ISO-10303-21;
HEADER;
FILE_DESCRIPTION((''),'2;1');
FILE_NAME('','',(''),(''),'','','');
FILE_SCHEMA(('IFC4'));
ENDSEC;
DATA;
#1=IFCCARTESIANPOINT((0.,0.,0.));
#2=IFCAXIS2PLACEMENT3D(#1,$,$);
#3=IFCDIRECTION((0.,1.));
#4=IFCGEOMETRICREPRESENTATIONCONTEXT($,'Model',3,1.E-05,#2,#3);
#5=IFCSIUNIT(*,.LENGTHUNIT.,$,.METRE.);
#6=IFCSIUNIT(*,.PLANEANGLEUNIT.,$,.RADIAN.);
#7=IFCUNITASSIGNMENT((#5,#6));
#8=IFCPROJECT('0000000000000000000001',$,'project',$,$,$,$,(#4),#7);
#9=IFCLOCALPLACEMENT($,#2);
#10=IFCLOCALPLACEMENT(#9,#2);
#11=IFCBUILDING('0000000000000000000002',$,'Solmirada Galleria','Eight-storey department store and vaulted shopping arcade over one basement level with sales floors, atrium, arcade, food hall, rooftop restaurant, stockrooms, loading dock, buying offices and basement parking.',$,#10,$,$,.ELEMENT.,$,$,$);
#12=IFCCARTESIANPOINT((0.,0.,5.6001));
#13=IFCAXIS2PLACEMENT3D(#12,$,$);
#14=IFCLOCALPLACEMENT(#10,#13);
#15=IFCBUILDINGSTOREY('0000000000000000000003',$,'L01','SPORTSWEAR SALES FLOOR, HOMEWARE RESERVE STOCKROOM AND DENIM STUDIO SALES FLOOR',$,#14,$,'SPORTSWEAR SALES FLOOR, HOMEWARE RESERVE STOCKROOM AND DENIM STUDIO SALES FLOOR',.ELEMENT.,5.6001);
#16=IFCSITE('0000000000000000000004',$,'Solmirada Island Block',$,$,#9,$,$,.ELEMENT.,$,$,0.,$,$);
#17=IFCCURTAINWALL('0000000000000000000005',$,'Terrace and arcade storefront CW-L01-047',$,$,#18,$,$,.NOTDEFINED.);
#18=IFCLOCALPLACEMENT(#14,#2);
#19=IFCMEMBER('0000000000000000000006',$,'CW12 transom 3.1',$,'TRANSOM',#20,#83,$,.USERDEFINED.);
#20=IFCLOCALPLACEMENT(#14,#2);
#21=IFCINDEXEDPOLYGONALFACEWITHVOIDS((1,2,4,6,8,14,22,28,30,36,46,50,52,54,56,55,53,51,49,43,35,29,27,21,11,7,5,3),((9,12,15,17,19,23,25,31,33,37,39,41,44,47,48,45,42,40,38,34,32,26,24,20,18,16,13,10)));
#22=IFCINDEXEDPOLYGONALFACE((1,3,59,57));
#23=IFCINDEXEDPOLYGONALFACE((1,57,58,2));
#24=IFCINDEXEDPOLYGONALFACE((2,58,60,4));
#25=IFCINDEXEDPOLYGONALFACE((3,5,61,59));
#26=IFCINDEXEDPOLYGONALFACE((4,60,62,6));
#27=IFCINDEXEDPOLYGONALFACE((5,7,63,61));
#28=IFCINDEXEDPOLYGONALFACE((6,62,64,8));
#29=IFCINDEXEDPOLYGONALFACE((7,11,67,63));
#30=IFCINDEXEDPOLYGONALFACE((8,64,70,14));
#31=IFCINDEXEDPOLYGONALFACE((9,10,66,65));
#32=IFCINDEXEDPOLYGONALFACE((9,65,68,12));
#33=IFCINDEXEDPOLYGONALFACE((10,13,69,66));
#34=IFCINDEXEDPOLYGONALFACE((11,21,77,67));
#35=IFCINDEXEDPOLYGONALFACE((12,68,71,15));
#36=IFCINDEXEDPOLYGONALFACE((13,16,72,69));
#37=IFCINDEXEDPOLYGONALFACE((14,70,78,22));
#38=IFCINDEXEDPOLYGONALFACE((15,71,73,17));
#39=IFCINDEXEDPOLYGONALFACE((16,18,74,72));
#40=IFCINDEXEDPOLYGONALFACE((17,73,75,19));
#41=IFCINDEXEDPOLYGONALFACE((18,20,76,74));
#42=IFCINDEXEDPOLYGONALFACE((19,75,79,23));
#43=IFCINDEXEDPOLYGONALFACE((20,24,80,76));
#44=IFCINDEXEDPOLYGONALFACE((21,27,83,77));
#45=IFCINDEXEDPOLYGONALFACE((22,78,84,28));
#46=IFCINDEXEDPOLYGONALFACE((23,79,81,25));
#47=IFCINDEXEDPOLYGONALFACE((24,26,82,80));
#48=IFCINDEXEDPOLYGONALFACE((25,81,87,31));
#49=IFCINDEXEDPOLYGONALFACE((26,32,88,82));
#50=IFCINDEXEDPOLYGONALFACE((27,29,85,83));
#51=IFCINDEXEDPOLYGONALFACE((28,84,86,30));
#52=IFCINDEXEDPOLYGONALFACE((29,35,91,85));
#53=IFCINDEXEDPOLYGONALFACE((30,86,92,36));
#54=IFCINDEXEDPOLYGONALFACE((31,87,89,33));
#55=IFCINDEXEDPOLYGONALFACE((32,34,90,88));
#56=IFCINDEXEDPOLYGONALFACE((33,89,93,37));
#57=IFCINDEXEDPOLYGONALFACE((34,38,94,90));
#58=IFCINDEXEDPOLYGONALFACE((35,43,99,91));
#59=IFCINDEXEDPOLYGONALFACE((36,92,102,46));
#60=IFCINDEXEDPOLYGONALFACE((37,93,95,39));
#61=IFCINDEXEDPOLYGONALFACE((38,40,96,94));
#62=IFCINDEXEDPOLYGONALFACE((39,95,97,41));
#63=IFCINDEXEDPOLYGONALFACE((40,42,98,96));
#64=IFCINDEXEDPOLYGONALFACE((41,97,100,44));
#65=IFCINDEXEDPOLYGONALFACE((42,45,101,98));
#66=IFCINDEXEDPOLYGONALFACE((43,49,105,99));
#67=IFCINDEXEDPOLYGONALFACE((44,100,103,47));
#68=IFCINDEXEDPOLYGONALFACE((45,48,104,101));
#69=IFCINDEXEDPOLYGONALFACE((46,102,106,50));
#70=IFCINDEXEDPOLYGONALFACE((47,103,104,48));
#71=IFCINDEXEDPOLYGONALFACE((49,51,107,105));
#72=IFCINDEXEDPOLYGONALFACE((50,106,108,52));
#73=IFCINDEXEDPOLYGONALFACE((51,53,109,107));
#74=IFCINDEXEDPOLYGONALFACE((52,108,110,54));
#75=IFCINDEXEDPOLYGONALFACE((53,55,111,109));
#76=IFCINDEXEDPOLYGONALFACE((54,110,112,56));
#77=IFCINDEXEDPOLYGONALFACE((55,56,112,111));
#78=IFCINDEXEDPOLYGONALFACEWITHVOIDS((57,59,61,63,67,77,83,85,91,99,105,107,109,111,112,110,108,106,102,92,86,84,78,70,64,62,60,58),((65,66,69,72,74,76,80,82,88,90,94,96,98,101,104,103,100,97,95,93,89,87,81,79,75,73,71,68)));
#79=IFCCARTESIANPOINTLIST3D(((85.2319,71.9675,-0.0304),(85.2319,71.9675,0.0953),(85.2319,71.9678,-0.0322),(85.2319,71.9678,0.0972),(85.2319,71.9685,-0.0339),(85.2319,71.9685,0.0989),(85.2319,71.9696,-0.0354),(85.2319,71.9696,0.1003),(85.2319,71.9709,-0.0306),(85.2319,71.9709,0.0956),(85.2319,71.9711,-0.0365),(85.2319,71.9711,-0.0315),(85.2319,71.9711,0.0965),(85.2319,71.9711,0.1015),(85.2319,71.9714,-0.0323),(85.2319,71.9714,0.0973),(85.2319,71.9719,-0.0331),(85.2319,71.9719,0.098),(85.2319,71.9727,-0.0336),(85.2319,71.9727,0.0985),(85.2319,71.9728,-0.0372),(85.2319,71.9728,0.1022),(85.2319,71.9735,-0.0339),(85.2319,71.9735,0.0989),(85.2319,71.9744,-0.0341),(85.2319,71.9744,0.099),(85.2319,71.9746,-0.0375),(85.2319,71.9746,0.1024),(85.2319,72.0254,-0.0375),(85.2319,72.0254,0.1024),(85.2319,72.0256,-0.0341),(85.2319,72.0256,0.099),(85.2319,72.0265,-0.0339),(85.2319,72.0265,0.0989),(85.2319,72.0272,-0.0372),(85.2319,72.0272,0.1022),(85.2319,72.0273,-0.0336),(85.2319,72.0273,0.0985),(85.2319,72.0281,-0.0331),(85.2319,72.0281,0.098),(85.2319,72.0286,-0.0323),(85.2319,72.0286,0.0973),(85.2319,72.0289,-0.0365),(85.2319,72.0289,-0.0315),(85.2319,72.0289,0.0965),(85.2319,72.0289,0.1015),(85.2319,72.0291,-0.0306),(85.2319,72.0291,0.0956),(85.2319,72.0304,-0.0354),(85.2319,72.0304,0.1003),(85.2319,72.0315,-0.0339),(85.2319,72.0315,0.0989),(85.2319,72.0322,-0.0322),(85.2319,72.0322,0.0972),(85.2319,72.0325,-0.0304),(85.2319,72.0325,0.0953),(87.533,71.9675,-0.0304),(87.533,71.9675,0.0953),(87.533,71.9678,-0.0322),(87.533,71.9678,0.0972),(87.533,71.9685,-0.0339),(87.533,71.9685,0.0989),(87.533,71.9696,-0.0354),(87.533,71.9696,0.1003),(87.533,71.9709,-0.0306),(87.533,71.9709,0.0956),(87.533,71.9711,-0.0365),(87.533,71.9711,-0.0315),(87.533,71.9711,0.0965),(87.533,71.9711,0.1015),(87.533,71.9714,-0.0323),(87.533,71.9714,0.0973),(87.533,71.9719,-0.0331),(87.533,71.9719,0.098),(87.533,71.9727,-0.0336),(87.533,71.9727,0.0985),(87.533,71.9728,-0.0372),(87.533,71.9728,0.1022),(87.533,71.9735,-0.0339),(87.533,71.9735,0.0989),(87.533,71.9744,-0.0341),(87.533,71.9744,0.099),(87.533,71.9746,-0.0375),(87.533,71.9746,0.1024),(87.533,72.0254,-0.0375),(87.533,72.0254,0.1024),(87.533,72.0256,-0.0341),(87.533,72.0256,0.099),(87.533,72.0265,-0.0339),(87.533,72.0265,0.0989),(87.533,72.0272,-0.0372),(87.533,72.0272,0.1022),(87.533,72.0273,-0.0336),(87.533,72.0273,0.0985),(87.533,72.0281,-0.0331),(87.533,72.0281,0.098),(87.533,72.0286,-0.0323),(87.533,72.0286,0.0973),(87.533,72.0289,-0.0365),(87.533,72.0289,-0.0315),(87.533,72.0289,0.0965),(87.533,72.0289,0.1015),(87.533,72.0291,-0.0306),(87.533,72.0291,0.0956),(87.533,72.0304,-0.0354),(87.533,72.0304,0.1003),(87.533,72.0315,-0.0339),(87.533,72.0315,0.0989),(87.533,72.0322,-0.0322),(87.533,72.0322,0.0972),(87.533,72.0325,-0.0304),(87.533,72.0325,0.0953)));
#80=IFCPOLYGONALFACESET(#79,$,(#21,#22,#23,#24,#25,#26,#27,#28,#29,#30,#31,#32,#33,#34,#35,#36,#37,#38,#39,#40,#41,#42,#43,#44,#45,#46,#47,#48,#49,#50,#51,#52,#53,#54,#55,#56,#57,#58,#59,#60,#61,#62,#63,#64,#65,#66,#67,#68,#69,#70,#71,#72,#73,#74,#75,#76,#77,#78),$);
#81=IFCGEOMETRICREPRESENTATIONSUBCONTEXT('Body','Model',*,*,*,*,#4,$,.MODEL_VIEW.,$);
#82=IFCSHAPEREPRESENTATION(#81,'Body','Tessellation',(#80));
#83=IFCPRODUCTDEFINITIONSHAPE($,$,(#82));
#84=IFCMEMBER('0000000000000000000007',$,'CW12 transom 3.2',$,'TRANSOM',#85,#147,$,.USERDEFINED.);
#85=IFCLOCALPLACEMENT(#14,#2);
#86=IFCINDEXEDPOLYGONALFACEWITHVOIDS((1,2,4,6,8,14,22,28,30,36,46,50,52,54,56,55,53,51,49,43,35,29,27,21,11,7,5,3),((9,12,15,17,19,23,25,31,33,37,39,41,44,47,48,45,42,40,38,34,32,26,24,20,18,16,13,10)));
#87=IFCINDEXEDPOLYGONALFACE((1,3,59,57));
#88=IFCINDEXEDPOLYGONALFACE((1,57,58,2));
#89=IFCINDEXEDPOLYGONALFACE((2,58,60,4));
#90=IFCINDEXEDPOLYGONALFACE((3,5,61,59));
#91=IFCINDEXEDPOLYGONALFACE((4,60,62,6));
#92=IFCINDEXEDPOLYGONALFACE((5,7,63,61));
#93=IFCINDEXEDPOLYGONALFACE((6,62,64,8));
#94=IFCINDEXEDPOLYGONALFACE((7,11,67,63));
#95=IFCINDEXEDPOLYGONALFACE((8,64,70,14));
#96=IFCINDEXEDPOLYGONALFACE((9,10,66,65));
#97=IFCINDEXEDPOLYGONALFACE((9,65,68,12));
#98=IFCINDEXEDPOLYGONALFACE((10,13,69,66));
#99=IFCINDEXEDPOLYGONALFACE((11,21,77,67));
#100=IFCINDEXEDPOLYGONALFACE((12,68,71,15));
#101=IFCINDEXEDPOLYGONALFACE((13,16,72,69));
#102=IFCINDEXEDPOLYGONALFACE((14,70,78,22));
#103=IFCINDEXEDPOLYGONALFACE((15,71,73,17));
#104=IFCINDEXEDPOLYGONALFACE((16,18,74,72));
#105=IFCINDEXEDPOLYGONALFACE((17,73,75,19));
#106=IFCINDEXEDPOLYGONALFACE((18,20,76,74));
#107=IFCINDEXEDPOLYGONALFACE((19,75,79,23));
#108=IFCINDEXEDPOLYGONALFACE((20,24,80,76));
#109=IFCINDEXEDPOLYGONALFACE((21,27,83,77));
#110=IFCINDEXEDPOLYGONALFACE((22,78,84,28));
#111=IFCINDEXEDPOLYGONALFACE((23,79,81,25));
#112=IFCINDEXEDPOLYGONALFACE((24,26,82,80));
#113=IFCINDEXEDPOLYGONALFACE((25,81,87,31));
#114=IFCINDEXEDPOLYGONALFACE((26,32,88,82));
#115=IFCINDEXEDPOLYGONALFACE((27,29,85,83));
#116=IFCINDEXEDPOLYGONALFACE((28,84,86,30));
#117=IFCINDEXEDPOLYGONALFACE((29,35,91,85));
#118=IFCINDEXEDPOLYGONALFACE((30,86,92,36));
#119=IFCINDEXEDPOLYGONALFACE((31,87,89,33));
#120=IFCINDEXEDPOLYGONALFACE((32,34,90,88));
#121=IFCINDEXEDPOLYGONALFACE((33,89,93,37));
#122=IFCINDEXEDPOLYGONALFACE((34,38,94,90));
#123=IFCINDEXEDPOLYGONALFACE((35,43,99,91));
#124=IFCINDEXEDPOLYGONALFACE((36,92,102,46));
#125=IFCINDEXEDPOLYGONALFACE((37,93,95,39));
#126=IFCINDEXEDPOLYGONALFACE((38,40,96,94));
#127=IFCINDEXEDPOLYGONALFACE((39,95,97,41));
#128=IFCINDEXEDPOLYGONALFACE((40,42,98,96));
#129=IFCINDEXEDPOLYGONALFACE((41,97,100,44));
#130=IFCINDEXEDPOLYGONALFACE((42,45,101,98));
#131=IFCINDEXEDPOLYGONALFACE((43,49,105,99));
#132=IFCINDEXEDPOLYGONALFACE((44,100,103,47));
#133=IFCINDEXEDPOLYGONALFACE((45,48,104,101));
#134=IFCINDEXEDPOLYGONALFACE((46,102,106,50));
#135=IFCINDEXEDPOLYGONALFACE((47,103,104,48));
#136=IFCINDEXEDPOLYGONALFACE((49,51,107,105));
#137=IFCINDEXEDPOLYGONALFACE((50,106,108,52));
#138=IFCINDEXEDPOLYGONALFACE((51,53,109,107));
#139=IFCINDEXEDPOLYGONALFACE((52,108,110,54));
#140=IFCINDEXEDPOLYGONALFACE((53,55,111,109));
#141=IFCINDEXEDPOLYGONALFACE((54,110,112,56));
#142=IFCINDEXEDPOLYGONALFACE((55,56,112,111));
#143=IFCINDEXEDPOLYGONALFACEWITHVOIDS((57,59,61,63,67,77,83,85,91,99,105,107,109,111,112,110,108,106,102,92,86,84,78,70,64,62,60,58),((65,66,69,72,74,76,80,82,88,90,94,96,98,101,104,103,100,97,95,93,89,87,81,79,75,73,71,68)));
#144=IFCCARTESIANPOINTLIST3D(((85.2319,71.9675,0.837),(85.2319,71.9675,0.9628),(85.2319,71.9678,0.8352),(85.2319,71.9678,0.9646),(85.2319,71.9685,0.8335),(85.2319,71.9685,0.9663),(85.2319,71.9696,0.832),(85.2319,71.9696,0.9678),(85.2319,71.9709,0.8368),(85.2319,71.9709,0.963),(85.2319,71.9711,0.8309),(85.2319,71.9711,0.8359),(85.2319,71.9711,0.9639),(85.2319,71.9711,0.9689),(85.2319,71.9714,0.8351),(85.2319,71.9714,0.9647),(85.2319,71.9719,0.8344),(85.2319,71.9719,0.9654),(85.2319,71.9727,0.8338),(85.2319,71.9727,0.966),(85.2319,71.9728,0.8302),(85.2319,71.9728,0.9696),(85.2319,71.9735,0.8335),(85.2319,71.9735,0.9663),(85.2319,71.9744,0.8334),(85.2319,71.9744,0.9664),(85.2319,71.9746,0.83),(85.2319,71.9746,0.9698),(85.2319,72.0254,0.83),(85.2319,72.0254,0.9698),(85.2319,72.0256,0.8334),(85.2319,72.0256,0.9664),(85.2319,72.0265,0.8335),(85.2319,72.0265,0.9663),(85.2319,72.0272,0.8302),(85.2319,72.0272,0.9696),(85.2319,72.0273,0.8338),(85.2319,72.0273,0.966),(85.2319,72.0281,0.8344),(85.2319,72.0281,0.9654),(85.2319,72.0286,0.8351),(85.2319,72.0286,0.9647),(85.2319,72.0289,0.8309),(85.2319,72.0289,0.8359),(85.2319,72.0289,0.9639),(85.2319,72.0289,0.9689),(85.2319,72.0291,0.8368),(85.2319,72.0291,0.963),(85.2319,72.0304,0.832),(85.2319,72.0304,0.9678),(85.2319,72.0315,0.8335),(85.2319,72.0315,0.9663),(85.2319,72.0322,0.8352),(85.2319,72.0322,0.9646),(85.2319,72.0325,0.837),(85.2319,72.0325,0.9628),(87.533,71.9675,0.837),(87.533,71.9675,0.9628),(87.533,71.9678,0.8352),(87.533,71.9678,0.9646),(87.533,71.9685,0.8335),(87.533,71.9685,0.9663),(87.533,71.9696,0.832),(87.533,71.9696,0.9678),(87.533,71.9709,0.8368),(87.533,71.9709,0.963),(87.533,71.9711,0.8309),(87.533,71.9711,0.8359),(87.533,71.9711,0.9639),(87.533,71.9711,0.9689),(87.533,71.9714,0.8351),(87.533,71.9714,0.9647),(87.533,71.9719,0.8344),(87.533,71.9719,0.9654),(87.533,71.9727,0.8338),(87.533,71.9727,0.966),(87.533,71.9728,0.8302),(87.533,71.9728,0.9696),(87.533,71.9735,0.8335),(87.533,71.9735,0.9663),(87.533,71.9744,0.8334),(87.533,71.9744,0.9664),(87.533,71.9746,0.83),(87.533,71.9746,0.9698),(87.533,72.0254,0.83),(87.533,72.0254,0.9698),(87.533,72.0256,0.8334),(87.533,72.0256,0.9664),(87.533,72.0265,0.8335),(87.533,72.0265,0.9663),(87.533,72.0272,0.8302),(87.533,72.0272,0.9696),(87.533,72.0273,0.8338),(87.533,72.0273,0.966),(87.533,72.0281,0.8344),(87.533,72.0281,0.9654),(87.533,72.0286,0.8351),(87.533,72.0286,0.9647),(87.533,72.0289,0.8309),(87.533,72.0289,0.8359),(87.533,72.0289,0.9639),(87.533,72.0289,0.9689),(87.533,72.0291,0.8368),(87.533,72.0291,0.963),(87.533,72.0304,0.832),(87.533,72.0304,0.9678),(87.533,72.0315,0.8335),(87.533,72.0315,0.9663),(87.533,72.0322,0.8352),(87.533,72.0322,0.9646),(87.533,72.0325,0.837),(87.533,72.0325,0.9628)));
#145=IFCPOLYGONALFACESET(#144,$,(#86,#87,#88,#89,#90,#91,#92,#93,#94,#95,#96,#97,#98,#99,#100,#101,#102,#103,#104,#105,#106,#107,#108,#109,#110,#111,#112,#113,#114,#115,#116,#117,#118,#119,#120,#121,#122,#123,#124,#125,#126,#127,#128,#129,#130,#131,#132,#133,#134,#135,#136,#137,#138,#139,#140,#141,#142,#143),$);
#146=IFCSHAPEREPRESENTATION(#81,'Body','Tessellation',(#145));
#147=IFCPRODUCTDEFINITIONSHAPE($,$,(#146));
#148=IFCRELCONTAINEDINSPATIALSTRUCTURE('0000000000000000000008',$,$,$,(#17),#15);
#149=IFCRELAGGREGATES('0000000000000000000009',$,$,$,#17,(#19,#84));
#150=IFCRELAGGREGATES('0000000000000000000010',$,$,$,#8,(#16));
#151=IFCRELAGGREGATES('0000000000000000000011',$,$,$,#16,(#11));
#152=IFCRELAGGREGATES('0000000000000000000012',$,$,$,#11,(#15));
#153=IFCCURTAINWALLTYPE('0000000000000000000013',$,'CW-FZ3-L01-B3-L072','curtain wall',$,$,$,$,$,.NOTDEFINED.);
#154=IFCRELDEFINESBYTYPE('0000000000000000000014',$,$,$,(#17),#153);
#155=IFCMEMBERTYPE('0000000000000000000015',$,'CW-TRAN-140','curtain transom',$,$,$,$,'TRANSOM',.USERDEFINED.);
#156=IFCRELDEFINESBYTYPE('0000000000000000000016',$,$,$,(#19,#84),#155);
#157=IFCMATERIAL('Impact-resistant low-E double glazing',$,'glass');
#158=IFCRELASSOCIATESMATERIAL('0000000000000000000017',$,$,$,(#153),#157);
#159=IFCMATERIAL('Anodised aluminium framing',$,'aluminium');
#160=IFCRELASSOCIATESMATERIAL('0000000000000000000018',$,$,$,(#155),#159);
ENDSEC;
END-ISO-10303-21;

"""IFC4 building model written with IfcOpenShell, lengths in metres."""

from ifc_helpers import new_model, si_unit, direction, frame, origin, origin_2d, place, context, subcontext, project, spatial, hollow_rectangle, extrude, material, material_profile, profile_set, type_object, element, aggregate, save


model = new_model("IFC4")

# Units and contexts
model_context = context("Model", 3, precision=1e-05, world=origin(), true_north=direction((0.0, 1.0)))
body_context = subcontext(model_context, "Body", "Model", "MODEL_VIEW")
ifc_project = project(units=[si_unit("LENGTHUNIT", "METRE"), si_unit("PLANEANGLEUNIT", "RADIAN")], contexts=[model_context])

# Site, building, storey
site_placement = place(None, origin())
site = spatial("IfcSite", under=ifc_project, at=site_placement, Name="Solmirada Island Block", CompositionType="ELEMENT", RefElevation=0.0)
building_placement = place(site_placement, origin())
building = spatial("IfcBuilding", under=site, at=building_placement, Name="Solmirada Galleria", Description="Eight-storey department store and vaulted shopping arcade over one basement level with sales floors, atrium, arcade, food hall, rooftop restaurant, stockrooms, loading dock, buying offices and basement parking.", CompositionType="ELEMENT")
storey_placement = place(building_placement, frame((0.0, 0.0, 5.6001)))
storey = spatial("IfcBuildingStorey", under=building, at=storey_placement, Name="L01", Description="SPORTSWEAR SALES FLOOR, HOMEWARE RESERVE STOCKROOM AND DENIM STUDIO SALES FLOOR", LongName="SPORTSWEAR SALES FLOOR, HOMEWARE RESERVE STOCKROOM AND DENIM STUDIO SALES FLOOR", CompositionType="ELEMENT", Elevation=5.6001)

# Curtain wall
ifc_material_1 = material(Name="Impact-resistant low-E double glazing", Category="glass")
curtain_wall_type_1 = type_object("IfcCurtainWallType", Name="CW-FZ3-L01-B3-L072", Description="curtain wall", PredefinedType="NOTDEFINED", material=ifc_material_1)
curtain_wall_1_placement = place(storey_placement, origin())
curtain_wall_1 = element("IfcCurtainWall", 1, at=curtain_wall_1_placement, inside=storey, type_object=curtain_wall_type_1, Name="Terrace and arcade storefront CW-L01-047", PredefinedType="NOTDEFINED")
ifc_material_2 = material(Name="Anodised aluminium framing", Category="aluminium")

# Members
ifc_material_profile_1 = material_profile(ifc_material_2, hollow_rectangle(XDim=0.0649, YDim=0.1399, WallThickness=0.0034, InnerFilletRadius=0.0034, OuterFilletRadius=0.0071, at=origin_2d()), Name="ALU-TRAN-140X65")
ifc_profile_set_1 = profile_set([ifc_material_profile_1], Name="Anodised aluminium framing")
member_type_1 = type_object("IfcMemberType", Name="CW-TRAN-140", Description="curtain transom", ElementType="TRANSOM", PredefinedType="USERDEFINED", material=ifc_profile_set_1)
member_1_placement = place(storey_placement, frame((85.2319, 72.0, 0.0325), z_axis=(1.0, 0.0, 0.0), x_axis=(0.0, 1.0, 0.0)))
member_1 = element("IfcMember", 2, at=member_1_placement, type_object=member_type_1, Name="CW12 transom 3.1", ObjectType="TRANSOM", PredefinedType="USERDEFINED", context=body_context, shape_type="SweptSolid", body=[
    extrude(hollow_rectangle(XDim=0.0649, YDim=0.1399, WallThickness=0.0034, InnerFilletRadius=0.0034, OuterFilletRadius=0.0071, at=origin_2d()), origin(), (0.0, 0.0, 1.0), 2.301),
])
member_2_placement = place(storey_placement, frame((85.2319, 72.0, 0.8999), z_axis=(1.0, 0.0, 0.0), x_axis=(0.0, 1.0, 0.0)))
member_2 = element("IfcMember", 3, at=member_2_placement, type_object=member_type_1, Name="CW12 transom 3.2", ObjectType="TRANSOM", PredefinedType="USERDEFINED", context=body_context, shape_type="SweptSolid", body=[
    extrude(hollow_rectangle(XDim=0.0649, YDim=0.1399, WallThickness=0.0034, InnerFilletRadius=0.0034, OuterFilletRadius=0.0071, at=origin_2d()), origin(), (0.0, 0.0, 1.0), 2.301),
])

aggregate(curtain_wall_1, [member_1, member_2])

save(model, "model.ifc")
